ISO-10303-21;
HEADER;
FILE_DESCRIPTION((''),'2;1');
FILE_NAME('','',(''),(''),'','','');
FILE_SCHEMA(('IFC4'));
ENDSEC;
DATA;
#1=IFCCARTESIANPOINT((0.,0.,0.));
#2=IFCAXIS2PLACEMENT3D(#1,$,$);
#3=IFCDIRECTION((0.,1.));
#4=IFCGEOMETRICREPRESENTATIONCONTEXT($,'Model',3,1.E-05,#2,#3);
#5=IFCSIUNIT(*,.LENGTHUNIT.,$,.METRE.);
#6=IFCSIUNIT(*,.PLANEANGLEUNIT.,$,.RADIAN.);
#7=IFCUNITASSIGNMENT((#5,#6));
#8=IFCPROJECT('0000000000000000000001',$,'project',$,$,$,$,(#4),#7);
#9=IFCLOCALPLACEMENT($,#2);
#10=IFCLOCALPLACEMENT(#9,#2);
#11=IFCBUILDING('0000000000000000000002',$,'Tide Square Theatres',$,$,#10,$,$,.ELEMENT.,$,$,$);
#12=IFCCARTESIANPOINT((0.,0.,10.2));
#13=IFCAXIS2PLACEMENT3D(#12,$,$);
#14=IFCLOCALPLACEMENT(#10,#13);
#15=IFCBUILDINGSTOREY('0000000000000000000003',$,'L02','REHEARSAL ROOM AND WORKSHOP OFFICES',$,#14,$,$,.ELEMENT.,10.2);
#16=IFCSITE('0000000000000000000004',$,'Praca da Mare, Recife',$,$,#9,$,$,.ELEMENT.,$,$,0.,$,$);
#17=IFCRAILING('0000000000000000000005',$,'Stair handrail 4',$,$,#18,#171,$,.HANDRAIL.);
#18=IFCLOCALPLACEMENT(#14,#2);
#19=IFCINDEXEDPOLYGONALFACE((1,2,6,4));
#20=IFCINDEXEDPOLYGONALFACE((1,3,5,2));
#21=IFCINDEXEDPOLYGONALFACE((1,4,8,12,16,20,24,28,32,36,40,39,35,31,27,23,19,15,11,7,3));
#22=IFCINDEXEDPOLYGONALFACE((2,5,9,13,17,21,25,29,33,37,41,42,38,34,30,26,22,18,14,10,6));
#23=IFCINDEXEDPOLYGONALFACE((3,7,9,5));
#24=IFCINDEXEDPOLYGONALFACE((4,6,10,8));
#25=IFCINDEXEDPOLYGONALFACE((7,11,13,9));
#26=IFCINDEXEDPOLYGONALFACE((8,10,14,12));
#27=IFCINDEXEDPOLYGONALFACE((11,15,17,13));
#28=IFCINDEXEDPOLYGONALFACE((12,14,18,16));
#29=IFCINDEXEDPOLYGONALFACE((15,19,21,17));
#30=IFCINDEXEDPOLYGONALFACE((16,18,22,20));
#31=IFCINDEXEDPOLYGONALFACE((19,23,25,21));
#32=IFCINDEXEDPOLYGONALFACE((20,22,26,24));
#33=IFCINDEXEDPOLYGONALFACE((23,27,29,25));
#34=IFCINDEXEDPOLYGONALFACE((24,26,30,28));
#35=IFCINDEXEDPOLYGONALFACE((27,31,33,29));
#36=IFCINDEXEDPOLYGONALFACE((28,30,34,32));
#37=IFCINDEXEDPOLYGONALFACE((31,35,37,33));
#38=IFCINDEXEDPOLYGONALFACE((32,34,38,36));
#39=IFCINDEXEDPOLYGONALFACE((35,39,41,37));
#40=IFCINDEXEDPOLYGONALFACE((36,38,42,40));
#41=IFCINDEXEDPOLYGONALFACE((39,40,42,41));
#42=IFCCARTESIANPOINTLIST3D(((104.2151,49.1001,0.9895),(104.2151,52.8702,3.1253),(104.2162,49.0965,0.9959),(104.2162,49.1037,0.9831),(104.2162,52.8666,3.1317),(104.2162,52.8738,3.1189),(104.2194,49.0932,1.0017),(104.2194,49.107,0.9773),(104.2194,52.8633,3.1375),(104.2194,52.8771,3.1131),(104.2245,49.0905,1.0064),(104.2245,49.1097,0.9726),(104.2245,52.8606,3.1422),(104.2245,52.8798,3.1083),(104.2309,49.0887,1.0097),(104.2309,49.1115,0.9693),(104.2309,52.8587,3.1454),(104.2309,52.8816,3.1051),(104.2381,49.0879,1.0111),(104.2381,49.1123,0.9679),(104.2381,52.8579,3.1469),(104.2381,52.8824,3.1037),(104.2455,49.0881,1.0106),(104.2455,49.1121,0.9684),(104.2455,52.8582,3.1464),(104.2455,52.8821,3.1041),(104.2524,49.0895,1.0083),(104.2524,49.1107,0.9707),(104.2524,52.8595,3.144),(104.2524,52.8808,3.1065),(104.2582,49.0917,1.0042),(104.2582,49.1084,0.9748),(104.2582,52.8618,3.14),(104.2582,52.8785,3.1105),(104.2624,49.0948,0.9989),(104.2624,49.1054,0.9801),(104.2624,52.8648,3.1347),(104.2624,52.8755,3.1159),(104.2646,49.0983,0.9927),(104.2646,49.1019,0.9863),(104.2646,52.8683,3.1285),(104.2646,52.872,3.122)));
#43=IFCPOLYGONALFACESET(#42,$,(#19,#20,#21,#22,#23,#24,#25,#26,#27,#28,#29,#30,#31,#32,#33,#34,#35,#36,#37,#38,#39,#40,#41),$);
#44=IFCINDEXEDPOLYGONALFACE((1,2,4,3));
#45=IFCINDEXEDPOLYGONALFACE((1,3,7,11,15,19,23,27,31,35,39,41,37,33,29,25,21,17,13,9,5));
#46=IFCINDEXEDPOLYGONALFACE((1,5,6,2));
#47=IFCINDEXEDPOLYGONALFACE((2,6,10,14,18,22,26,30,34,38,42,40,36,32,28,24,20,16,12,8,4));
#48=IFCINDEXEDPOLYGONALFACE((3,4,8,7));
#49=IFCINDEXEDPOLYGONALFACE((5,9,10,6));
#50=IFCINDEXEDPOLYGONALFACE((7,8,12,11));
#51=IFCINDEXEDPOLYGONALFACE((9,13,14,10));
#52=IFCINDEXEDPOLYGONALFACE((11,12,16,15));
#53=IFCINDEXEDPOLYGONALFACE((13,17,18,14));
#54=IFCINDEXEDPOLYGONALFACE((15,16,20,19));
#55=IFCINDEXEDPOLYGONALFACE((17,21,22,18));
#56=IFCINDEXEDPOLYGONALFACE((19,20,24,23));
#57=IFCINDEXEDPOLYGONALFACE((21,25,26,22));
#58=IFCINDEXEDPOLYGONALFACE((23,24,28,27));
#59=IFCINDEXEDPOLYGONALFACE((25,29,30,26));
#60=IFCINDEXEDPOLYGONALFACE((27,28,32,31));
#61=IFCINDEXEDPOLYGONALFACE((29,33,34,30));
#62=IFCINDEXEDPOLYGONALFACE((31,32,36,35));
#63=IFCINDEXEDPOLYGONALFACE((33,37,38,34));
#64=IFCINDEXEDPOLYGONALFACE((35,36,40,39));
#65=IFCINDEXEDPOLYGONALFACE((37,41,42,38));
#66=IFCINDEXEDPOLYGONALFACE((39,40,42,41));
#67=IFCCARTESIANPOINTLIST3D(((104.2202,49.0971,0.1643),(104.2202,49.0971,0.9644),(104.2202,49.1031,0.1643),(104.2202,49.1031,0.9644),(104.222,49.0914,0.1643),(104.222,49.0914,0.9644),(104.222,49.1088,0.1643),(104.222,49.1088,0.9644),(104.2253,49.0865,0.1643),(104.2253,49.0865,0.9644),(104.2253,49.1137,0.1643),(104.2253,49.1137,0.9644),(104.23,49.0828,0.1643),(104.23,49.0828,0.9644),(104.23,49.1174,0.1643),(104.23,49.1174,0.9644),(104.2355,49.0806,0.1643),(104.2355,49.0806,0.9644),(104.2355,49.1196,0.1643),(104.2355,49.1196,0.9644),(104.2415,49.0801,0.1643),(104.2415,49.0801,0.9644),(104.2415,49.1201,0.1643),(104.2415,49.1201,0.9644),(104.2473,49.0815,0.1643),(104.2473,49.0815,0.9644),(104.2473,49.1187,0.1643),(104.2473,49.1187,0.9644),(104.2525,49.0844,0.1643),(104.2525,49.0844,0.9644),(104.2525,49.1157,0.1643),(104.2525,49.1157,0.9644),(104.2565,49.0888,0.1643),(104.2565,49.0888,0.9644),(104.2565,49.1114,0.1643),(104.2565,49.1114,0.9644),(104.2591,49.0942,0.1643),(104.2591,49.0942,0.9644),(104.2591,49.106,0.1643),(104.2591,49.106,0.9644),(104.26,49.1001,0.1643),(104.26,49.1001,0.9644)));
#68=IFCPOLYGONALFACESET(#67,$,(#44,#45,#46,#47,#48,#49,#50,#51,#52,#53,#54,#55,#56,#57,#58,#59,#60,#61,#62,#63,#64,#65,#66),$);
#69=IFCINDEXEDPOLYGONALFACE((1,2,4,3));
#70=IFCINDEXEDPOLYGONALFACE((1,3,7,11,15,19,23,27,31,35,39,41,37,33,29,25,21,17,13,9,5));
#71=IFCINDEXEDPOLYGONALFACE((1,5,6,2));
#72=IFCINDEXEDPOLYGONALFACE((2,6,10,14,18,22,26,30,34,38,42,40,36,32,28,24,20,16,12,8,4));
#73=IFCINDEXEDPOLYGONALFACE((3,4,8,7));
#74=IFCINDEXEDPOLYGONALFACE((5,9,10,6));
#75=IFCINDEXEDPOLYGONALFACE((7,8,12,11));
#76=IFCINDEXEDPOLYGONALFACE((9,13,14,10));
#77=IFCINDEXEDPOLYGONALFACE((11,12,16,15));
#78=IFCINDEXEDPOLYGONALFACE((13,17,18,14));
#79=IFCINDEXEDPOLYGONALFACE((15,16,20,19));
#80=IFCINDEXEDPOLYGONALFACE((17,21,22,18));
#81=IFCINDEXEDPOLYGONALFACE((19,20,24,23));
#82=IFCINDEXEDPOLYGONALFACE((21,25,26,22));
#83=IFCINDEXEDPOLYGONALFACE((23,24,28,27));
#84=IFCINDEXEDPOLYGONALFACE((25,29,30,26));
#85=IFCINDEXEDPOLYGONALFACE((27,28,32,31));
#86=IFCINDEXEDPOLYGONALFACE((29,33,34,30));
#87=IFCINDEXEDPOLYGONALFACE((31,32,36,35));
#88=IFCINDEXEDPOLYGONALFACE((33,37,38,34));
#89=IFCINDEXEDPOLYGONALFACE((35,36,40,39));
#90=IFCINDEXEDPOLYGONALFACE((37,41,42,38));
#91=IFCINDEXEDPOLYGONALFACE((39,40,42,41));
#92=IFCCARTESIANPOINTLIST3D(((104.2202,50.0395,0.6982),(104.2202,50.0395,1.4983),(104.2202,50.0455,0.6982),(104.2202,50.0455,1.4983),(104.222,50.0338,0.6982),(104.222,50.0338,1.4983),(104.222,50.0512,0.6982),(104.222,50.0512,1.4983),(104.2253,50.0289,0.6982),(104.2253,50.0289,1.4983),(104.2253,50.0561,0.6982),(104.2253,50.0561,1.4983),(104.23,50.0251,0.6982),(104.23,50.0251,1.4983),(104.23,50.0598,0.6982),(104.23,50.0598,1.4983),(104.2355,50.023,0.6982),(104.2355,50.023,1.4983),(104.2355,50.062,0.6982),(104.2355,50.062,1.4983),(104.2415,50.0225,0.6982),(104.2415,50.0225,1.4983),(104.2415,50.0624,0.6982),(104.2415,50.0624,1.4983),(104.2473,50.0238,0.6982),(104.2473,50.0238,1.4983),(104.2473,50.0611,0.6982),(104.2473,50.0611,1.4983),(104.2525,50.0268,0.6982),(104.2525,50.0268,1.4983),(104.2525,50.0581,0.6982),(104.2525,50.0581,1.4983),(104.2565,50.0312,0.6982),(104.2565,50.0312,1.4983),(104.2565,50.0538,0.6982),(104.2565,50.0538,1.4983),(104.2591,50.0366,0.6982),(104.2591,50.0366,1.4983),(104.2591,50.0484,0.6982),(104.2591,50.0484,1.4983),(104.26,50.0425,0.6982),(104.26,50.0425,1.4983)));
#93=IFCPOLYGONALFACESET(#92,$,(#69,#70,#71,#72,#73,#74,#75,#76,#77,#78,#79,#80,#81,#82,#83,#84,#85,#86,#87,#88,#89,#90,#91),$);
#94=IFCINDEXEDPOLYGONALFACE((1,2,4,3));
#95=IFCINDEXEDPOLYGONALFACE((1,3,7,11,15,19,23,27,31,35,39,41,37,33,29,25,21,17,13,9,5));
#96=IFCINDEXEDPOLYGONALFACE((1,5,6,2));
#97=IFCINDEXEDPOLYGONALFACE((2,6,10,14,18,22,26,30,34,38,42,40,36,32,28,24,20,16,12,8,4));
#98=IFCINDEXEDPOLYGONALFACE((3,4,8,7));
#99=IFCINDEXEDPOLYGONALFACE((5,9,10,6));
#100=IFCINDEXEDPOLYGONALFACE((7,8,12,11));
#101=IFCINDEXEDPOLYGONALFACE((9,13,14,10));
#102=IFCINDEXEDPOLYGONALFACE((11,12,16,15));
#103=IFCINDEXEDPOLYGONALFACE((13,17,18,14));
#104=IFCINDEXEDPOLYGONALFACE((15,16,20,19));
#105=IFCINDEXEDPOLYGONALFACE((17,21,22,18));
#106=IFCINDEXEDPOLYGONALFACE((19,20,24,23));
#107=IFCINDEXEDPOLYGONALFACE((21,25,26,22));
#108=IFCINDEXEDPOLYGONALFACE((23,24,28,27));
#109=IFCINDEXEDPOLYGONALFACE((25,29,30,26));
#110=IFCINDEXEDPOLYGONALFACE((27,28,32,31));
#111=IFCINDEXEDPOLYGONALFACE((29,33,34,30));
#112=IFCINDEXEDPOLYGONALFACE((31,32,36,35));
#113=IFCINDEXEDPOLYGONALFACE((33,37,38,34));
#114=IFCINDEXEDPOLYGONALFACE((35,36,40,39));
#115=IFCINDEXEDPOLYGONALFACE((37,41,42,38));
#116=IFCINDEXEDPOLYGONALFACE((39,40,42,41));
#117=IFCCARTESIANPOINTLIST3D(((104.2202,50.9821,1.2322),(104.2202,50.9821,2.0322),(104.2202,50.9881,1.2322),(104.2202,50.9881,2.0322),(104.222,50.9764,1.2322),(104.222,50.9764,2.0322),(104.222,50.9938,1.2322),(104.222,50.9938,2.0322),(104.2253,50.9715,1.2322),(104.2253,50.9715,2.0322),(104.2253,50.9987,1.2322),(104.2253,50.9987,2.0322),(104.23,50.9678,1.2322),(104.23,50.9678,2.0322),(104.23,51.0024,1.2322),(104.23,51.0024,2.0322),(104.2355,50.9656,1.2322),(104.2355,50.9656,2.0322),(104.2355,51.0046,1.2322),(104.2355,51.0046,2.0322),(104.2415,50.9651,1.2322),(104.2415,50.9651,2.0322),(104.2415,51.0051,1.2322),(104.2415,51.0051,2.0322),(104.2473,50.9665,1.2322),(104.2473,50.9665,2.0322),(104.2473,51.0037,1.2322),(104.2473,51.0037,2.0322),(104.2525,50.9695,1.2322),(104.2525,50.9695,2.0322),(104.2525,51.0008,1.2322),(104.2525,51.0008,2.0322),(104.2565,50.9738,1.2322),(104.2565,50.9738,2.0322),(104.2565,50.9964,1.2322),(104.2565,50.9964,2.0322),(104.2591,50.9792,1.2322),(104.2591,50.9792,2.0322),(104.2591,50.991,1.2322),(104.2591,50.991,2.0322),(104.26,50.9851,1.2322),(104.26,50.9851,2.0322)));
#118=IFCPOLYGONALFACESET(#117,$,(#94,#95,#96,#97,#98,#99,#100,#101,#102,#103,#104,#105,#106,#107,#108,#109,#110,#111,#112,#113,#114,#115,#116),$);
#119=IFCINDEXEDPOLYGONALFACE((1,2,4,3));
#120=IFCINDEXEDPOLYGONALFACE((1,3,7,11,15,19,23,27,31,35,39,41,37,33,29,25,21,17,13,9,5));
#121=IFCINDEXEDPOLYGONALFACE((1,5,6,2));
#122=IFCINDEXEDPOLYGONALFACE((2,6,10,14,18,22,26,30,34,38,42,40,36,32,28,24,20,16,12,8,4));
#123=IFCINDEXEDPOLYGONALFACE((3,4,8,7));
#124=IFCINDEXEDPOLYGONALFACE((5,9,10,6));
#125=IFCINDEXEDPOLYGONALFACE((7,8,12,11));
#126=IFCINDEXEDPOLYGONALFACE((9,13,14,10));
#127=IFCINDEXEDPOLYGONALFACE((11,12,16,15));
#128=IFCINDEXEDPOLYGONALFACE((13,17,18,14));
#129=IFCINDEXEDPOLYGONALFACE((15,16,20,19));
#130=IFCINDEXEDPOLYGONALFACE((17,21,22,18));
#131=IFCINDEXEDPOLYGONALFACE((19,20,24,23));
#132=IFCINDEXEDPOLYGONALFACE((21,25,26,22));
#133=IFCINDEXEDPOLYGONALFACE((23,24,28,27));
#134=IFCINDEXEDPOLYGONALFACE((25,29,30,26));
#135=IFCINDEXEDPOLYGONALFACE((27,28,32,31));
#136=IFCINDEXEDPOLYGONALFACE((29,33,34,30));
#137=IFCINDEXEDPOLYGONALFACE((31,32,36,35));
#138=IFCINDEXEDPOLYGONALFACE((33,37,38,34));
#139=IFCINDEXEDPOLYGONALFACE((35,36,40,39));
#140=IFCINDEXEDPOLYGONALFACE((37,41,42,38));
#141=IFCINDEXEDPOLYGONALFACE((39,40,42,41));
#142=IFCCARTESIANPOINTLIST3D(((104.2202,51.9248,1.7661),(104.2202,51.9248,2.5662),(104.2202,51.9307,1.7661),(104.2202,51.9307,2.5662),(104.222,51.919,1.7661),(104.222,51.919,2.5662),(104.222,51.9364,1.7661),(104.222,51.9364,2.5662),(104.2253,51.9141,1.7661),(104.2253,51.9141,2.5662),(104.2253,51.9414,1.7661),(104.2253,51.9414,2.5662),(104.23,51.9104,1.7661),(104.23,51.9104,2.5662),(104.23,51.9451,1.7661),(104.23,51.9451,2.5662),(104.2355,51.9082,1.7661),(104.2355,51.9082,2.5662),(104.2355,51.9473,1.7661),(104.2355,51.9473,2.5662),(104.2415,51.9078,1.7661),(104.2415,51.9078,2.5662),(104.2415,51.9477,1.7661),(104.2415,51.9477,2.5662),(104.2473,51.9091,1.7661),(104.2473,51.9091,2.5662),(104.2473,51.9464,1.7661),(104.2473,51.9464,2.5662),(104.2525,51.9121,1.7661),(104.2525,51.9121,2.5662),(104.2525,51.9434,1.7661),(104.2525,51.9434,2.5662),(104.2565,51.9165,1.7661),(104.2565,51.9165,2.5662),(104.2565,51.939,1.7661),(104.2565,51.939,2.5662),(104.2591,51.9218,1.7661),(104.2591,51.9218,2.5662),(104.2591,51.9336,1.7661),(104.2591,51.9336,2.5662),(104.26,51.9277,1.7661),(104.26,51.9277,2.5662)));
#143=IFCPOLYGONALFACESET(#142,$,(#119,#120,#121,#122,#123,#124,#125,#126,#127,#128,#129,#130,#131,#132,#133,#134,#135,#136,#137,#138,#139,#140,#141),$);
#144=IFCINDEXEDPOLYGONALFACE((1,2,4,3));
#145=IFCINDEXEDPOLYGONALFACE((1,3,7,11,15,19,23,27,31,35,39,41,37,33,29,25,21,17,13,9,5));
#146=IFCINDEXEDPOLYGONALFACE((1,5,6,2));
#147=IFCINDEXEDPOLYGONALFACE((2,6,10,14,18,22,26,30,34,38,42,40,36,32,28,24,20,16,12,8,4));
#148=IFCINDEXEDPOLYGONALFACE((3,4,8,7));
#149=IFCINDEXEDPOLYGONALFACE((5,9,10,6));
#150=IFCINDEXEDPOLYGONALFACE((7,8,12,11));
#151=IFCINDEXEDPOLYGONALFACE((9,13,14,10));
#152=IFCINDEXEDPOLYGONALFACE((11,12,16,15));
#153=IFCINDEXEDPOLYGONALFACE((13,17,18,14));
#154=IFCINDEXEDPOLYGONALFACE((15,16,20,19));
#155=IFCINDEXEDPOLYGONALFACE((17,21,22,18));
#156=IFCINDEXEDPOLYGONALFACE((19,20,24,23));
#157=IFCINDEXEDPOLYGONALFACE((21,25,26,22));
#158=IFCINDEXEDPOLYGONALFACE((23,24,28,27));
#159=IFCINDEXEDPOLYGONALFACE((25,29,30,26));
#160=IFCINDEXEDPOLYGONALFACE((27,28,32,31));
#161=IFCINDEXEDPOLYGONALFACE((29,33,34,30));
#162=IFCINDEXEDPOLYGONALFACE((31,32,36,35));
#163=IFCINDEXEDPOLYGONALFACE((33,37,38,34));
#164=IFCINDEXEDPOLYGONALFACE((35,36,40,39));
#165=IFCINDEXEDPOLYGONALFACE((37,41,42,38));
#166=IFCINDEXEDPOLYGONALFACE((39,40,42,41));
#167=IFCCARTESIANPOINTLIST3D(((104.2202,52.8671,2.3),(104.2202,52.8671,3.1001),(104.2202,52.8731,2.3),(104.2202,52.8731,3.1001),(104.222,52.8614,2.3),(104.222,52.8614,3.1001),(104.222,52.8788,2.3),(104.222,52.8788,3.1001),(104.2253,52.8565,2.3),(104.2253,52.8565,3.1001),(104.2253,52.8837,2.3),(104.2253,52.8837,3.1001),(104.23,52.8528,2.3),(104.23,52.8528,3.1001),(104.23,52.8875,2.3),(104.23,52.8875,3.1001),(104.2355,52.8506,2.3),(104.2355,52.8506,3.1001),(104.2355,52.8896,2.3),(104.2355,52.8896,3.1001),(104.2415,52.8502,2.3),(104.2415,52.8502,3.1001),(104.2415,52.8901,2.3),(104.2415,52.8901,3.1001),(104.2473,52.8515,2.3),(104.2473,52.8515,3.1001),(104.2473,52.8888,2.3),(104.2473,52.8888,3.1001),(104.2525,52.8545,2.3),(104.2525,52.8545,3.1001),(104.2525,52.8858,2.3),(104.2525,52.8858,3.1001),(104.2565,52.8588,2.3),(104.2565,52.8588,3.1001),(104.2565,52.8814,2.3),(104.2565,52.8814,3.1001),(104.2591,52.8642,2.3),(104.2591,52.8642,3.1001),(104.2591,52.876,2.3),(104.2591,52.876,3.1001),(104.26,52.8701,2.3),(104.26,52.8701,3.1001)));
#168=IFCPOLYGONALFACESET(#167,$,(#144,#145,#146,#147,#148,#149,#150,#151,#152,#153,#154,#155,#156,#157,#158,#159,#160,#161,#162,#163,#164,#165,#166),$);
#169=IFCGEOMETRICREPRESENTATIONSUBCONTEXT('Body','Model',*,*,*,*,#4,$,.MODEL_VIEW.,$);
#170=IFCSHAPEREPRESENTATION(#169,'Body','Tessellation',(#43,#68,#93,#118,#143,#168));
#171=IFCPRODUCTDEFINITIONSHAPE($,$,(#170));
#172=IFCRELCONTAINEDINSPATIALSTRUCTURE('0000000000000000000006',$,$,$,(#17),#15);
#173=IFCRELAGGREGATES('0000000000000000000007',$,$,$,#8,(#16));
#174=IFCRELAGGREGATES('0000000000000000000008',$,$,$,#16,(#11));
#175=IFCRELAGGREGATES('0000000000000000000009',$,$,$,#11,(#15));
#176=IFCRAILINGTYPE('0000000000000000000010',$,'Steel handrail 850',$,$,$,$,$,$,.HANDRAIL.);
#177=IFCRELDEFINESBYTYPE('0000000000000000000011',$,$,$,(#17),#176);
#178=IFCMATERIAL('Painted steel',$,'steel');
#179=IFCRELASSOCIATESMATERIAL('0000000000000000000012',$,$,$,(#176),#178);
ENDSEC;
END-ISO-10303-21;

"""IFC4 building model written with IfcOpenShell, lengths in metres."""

from ifc_helpers import new_model, si_unit, direction, frame, origin, origin_2d, place, context, subcontext, project, spatial, circle, extrude, material, type_object, element, save


model = new_model("IFC4")

# Units and contexts
model_context = context("Model", 3, precision=1e-05, world=origin(), true_north=direction((0.0, 1.0)))
body_context = subcontext(model_context, "Body", "Model", "MODEL_VIEW")
ifc_project = project(units=[si_unit("LENGTHUNIT", "METRE"), si_unit("PLANEANGLEUNIT", "RADIAN")], contexts=[model_context])

# Site, building, storey
site_placement = place(None, origin())
site = spatial("IfcSite", under=ifc_project, at=site_placement, Name="Praca da Mare, Recife", CompositionType="ELEMENT", RefElevation=0.0)
building_placement = place(site_placement, origin())
building = spatial("IfcBuilding", under=site, at=building_placement, Name="Tide Square Theatres", CompositionType="ELEMENT")
storey_placement = place(building_placement, frame((0.0, 0.0, 10.2)))
storey = spatial("IfcBuildingStorey", under=building, at=storey_placement, Name="L02", Description="REHEARSAL ROOM AND WORKSHOP OFFICES", CompositionType="ELEMENT", Elevation=10.2)

# Railing
ifc_material_1 = material(Name="Painted steel", Category="steel")
railing_type = type_object("IfcRailingType", Name="Steel handrail 850", PredefinedType="HANDRAIL", material=ifc_material_1)
railing_placement = place(storey_placement, frame((104.24, 49.1001, 0.1643)))
element("IfcRailing", 1, at=railing_placement, inside=storey, type_object=railing_type, Name="Stair handrail 4", PredefinedType="HANDRAIL", context=body_context, shape_type="SweptSolid", body=[
    extrude(circle(Radius=0.0249, at=origin_2d()), frame((0.0, 0.0, 0.8252), z_axis=(0.0, 0.870082, 0.492907), x_axis=(-1.0, 0.0, 0.0)), (0.0, 0.0, 1.0), 4.333),
    extrude(circle(Radius=0.02, at=origin_2d()), origin(), (0.0, 0.0, 1.0), 0.8),
    extrude(circle(Radius=0.02, at=origin_2d()), frame((0.0, 0.9424, 0.5339)), (0.0, 0.0, 1.0), 0.8),
    extrude(circle(Radius=0.02, at=origin_2d()), frame((0.0, 1.885, 1.0679)), (0.0, 0.0, 1.0), 0.8),
    extrude(circle(Radius=0.02, at=origin_2d()), frame((0.0, 2.8276, 1.6018)), (0.0, 0.0, 1.0), 0.8),
    extrude(circle(Radius=0.02, at=origin_2d()), frame((0.0, 3.77, 2.1357)), (0.0, 0.0, 1.0), 0.8),
])

save(model, "model.ifc")
